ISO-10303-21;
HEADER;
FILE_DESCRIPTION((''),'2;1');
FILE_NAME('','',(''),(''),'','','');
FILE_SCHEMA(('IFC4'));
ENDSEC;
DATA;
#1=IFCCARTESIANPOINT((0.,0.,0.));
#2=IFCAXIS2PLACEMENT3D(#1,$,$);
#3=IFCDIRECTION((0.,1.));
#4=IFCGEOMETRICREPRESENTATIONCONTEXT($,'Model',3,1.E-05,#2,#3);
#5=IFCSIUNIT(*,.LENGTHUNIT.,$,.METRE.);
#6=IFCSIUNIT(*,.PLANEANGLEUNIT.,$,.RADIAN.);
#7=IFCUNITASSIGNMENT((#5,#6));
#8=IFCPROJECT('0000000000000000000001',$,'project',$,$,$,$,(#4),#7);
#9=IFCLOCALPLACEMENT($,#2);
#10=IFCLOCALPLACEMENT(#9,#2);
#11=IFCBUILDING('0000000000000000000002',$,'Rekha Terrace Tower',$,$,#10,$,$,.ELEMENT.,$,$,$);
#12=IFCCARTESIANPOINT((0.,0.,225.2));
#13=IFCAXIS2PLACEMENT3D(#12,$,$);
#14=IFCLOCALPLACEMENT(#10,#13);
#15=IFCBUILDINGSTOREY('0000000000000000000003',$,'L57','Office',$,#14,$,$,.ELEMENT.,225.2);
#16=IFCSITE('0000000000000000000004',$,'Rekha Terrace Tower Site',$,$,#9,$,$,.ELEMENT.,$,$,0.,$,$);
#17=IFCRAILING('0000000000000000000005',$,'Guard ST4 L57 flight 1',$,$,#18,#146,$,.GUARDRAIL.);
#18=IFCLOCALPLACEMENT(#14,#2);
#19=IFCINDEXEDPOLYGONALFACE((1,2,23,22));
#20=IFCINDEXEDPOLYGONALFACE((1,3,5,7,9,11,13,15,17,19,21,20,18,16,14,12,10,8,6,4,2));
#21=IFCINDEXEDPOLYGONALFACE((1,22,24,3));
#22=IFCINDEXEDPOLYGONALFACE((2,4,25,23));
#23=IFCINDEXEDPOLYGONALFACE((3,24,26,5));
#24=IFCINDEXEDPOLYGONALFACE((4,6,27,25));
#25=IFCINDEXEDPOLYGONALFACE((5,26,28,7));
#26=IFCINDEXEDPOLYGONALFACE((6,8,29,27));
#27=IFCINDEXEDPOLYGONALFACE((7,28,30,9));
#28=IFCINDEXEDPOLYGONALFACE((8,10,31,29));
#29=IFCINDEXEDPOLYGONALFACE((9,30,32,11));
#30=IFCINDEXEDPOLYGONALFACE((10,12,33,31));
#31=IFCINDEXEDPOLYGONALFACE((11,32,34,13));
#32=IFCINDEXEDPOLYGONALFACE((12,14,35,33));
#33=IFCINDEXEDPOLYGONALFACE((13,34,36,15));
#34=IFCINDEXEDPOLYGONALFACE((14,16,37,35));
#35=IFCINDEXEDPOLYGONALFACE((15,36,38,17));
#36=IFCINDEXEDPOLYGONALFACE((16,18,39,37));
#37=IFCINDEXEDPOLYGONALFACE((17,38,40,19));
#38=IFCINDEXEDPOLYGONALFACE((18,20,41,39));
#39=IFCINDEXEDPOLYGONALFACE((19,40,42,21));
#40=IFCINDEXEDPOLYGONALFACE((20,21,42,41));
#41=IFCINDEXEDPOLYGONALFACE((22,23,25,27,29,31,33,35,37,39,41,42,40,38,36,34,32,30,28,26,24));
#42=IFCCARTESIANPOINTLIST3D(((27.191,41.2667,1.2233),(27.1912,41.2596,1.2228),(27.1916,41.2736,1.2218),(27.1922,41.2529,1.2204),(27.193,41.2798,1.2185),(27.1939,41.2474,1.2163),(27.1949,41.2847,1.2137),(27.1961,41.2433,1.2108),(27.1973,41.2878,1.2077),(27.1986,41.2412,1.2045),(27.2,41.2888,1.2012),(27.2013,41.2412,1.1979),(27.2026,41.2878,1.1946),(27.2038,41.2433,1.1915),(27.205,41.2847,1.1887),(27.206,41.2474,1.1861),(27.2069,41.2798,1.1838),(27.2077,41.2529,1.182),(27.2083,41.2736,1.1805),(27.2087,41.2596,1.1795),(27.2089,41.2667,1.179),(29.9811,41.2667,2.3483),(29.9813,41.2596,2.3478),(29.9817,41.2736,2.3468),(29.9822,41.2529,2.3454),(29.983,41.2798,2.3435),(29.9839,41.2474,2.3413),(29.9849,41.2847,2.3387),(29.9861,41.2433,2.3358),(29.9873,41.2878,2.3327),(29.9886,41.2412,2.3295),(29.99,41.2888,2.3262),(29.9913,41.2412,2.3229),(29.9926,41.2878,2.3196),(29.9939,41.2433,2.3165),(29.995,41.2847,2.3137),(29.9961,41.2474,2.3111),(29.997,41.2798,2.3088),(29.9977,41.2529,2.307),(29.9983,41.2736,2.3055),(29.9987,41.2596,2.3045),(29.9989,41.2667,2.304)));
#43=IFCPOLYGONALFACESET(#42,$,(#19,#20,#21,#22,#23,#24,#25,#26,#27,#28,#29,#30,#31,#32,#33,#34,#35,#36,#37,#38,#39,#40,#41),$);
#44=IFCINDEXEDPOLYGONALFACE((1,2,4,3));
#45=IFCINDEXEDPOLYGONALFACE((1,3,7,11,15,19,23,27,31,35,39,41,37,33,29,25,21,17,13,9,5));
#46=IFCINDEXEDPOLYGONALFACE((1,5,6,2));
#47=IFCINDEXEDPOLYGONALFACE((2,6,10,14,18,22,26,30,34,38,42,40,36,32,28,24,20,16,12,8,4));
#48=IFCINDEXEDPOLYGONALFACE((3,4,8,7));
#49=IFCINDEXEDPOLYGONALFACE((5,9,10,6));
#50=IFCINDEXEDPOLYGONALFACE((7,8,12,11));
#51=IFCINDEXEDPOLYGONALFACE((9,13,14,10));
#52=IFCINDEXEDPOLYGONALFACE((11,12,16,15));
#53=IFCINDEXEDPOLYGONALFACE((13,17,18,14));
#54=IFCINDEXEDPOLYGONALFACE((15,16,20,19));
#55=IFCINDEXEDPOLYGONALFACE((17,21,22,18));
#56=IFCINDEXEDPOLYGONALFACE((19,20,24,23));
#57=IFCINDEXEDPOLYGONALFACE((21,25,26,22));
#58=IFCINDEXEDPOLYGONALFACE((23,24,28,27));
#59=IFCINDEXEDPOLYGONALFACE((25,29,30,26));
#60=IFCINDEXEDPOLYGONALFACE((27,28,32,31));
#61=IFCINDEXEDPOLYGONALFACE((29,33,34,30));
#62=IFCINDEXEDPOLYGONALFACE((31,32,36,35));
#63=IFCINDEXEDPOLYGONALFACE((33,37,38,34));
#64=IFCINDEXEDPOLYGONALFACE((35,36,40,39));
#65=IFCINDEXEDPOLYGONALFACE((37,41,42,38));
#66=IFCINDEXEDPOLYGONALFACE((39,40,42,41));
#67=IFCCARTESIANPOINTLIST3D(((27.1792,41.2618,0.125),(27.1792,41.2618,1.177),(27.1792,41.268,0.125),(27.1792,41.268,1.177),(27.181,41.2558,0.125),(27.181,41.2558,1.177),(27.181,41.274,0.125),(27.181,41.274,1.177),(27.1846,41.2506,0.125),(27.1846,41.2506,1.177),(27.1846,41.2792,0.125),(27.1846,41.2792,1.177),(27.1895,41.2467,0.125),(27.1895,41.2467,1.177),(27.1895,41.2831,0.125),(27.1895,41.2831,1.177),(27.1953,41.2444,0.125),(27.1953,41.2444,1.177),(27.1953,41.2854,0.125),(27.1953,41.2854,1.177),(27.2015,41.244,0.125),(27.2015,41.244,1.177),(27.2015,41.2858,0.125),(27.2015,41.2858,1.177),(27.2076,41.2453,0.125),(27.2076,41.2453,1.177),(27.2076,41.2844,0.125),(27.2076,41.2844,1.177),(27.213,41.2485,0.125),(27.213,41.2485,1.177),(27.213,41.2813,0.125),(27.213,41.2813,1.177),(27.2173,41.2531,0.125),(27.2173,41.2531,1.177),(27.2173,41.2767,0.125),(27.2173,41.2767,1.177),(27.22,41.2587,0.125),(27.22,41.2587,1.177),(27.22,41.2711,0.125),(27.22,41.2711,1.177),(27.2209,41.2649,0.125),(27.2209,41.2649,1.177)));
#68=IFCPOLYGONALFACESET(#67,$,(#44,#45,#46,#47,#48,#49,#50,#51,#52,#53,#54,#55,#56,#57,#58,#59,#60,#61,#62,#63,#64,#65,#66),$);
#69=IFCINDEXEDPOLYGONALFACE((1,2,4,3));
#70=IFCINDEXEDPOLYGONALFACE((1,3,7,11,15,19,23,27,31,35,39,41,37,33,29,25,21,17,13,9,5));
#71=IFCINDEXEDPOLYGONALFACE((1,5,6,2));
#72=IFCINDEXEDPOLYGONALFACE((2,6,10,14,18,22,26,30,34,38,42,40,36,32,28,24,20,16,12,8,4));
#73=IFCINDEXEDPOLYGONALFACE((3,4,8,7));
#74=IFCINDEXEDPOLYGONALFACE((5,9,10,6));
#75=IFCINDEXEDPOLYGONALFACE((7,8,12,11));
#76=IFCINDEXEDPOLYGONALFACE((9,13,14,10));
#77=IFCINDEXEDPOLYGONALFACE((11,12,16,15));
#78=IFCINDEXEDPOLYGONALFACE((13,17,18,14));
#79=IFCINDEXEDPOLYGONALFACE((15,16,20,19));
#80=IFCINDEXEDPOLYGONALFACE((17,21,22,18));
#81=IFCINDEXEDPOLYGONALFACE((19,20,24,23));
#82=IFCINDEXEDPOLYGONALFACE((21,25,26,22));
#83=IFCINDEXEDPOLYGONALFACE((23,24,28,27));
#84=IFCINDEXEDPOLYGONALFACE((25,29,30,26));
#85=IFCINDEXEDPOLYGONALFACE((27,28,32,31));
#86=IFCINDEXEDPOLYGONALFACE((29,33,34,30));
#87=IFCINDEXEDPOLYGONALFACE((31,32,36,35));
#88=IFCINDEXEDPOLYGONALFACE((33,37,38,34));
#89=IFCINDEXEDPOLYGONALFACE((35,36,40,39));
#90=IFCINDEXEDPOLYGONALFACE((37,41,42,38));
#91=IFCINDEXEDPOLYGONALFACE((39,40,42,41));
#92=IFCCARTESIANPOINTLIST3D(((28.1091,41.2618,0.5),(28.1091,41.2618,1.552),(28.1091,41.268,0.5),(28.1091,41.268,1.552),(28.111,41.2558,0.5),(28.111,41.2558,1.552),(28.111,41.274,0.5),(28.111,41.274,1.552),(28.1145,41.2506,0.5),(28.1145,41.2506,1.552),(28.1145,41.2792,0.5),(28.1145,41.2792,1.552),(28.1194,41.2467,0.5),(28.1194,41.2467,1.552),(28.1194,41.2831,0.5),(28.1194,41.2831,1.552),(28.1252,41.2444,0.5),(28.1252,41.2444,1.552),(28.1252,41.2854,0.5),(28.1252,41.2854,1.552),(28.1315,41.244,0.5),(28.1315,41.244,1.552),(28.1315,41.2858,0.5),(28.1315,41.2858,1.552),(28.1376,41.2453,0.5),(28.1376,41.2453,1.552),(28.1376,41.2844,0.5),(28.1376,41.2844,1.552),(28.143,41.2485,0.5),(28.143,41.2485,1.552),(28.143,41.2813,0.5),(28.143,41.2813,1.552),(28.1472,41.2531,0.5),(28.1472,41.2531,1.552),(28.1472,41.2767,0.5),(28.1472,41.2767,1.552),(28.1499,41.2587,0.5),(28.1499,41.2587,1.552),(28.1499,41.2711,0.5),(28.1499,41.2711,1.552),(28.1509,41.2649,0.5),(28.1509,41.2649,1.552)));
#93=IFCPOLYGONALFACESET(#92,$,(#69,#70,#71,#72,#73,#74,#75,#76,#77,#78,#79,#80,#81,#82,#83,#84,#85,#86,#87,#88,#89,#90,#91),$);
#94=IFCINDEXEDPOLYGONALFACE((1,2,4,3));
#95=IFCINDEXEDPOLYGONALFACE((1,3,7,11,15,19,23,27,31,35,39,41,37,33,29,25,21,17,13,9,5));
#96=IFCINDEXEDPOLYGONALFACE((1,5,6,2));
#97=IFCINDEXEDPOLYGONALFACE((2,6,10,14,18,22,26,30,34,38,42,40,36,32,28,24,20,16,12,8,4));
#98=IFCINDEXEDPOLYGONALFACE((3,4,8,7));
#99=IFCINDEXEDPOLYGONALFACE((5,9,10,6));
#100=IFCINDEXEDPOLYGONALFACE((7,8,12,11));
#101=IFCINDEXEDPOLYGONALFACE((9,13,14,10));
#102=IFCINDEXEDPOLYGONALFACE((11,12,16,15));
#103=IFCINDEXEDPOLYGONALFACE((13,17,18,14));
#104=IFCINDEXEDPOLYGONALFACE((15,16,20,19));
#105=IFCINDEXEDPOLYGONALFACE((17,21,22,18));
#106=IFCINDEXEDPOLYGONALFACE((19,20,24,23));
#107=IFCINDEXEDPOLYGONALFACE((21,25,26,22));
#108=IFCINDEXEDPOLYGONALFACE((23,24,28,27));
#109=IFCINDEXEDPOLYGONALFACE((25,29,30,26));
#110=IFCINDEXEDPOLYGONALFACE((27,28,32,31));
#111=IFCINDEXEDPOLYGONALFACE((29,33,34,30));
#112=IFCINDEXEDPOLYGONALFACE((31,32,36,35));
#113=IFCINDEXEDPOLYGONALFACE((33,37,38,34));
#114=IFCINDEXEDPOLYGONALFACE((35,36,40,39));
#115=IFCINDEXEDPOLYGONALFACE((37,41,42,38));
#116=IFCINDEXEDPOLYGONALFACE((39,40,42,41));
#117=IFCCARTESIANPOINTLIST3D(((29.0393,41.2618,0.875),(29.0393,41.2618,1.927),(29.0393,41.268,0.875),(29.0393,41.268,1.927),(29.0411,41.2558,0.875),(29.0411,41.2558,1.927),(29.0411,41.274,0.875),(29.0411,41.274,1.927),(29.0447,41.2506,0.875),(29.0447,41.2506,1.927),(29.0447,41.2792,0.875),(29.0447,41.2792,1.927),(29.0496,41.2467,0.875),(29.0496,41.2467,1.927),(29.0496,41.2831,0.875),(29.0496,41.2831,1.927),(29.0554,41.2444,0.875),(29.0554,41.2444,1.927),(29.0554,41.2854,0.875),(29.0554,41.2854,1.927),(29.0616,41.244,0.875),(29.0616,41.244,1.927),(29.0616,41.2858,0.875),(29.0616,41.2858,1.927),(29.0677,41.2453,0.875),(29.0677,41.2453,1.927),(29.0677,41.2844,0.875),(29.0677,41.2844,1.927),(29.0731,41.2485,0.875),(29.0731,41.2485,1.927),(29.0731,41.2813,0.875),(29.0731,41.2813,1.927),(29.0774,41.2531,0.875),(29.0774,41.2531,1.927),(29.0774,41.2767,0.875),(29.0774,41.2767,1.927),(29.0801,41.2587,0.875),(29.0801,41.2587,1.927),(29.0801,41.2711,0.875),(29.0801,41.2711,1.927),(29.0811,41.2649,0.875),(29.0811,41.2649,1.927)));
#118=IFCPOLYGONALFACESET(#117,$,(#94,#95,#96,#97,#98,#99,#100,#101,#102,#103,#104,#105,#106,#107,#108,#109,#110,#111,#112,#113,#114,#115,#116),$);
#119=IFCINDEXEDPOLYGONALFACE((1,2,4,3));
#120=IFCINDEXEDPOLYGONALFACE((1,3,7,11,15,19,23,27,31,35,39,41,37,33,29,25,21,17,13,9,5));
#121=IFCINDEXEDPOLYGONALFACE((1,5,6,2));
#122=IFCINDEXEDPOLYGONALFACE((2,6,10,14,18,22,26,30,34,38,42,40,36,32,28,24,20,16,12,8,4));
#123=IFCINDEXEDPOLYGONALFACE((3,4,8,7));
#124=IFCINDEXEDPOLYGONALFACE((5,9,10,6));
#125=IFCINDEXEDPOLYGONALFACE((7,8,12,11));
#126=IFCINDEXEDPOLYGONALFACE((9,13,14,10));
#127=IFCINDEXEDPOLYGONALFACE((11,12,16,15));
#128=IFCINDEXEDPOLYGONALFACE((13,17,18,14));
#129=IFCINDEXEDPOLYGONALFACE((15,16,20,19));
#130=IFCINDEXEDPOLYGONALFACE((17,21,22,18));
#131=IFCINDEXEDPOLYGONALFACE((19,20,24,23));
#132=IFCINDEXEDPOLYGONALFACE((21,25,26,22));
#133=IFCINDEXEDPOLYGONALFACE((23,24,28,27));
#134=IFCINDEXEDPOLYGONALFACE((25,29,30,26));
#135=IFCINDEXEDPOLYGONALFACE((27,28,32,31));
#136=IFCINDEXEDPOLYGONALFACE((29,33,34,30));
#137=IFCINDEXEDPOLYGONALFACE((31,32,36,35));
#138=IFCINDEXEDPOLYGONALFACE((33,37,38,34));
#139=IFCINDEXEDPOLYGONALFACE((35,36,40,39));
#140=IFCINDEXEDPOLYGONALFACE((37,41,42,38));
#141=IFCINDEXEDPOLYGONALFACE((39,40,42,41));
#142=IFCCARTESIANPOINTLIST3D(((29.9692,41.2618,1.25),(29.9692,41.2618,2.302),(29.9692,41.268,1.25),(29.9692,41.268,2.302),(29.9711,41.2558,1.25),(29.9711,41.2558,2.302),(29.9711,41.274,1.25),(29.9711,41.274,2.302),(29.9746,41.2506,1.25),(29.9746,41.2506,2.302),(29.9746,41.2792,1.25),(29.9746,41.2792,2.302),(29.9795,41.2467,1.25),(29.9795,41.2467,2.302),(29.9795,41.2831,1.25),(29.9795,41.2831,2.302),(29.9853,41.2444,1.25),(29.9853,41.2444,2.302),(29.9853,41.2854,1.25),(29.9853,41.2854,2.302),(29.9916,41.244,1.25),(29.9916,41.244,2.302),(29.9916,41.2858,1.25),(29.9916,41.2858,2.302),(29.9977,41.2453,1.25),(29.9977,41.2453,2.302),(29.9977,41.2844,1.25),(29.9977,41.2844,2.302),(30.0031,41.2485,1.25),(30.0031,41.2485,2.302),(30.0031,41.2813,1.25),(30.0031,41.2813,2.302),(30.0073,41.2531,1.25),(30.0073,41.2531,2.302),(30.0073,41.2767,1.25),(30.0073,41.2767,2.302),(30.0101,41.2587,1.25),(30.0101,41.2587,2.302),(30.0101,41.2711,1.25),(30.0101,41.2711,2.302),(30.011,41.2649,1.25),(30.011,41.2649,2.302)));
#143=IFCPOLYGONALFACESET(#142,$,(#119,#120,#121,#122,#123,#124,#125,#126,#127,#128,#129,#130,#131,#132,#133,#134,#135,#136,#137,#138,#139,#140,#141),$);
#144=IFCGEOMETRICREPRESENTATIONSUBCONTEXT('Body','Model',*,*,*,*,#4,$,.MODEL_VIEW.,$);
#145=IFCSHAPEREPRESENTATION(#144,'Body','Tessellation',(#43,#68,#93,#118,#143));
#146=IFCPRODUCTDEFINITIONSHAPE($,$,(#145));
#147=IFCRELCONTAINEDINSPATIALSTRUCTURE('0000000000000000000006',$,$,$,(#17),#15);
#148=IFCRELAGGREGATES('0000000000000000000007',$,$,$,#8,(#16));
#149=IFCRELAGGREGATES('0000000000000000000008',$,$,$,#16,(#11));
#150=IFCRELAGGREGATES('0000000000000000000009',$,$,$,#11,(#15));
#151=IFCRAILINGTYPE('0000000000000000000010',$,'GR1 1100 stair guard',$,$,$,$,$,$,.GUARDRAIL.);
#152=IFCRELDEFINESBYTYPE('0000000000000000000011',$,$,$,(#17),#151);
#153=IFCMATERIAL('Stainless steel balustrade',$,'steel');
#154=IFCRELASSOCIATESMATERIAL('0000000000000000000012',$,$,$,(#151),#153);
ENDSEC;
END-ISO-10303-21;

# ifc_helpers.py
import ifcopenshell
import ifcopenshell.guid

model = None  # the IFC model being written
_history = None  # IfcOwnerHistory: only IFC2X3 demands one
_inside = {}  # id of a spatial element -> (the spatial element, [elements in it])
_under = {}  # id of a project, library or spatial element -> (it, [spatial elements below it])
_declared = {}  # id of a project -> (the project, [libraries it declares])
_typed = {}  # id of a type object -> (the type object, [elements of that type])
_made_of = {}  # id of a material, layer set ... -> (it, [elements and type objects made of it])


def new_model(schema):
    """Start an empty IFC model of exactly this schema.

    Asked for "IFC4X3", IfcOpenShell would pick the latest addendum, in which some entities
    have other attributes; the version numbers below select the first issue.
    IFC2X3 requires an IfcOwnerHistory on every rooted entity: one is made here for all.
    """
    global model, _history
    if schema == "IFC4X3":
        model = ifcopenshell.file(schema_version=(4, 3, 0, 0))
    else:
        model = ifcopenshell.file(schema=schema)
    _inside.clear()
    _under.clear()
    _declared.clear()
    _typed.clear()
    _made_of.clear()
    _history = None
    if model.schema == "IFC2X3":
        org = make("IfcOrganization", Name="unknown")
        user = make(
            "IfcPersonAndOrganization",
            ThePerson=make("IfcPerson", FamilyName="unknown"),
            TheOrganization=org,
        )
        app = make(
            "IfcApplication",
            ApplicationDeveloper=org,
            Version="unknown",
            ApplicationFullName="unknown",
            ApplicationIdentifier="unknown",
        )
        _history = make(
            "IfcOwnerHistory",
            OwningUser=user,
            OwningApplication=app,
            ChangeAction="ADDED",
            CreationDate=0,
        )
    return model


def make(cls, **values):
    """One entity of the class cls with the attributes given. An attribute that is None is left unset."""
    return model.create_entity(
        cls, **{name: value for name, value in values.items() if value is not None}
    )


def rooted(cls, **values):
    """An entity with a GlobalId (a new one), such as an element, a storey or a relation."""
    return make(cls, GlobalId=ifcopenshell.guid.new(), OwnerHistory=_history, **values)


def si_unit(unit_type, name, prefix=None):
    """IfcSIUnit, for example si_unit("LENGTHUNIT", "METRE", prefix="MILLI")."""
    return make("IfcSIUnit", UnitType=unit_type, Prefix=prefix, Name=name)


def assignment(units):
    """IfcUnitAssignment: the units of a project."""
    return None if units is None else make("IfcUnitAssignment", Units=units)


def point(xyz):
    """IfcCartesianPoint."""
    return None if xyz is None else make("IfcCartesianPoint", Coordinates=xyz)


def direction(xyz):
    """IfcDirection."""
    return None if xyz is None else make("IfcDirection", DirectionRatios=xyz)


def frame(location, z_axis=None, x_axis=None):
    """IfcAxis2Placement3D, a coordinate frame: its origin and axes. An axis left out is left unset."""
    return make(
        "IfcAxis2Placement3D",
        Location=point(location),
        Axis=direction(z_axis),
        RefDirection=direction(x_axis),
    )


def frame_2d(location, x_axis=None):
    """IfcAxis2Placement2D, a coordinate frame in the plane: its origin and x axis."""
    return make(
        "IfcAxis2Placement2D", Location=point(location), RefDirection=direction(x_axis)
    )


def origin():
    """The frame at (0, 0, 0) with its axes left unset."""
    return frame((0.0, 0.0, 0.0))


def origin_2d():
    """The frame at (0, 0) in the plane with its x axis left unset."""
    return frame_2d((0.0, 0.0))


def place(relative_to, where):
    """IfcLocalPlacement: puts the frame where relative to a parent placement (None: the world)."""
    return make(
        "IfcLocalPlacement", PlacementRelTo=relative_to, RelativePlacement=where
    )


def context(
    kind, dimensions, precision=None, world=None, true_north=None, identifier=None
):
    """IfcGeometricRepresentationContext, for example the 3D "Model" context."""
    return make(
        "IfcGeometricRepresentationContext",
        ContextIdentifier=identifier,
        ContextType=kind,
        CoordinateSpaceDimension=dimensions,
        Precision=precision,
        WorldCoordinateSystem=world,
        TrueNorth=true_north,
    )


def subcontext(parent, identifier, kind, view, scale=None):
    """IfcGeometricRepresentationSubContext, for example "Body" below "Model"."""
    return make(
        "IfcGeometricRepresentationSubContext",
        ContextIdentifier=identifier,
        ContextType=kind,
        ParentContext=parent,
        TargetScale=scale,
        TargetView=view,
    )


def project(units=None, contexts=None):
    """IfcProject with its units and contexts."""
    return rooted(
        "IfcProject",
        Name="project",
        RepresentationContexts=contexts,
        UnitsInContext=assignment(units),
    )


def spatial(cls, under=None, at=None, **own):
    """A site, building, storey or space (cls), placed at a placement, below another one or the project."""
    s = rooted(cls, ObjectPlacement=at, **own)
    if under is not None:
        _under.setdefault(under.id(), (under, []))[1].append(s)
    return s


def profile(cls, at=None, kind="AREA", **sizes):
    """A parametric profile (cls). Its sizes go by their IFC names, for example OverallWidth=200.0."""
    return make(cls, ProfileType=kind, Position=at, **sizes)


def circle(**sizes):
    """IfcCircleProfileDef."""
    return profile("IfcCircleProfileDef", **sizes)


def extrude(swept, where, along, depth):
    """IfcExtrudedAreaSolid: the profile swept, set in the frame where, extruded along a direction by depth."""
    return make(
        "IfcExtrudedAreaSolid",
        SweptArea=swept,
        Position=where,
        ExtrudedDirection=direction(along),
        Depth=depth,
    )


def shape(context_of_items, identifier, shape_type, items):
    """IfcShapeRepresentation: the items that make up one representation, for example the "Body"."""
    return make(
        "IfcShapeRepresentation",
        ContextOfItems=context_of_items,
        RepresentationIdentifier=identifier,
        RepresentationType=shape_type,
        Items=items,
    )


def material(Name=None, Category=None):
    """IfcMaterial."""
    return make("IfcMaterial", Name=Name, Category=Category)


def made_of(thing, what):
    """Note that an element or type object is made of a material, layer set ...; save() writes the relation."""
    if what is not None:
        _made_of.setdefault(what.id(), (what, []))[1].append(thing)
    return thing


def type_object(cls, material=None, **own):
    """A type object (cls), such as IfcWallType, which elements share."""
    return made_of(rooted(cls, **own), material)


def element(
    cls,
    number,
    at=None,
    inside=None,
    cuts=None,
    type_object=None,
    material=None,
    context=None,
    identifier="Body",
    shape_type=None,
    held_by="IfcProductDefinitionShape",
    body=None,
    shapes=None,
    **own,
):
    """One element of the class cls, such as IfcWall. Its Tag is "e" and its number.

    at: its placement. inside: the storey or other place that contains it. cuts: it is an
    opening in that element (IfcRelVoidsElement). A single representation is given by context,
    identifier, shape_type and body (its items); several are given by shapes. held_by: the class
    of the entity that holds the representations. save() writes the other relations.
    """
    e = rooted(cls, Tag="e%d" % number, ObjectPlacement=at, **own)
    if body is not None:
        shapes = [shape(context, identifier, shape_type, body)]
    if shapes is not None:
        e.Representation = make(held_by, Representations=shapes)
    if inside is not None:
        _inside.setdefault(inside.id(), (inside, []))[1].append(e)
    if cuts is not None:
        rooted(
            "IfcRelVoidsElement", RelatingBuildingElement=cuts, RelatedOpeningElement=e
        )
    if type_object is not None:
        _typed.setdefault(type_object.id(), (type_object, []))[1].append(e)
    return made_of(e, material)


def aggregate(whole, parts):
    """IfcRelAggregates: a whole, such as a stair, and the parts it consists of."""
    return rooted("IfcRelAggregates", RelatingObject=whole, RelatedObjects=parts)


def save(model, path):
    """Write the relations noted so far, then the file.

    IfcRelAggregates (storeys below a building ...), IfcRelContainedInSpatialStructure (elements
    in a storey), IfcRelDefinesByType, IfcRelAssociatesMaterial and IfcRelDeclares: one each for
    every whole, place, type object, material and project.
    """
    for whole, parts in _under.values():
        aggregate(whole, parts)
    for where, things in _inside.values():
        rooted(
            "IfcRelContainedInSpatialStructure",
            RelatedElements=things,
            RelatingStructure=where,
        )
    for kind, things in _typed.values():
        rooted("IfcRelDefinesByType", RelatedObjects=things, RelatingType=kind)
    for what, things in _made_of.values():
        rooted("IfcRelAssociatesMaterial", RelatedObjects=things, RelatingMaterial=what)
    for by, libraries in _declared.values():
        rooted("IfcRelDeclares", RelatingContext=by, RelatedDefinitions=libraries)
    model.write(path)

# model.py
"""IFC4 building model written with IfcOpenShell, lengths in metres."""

from ifc_helpers import new_model, si_unit, direction, frame, origin, origin_2d, place, context, subcontext, project, spatial, circle, extrude, material, type_object, element, save


model = new_model("IFC4")

# Units and contexts
model_context = context("Model", 3, precision=1e-05, world=origin(), true_north=direction((0.0, 1.0)))
body_context = subcontext(model_context, "Body", "Model", "MODEL_VIEW")
ifc_project = project(units=[si_unit("LENGTHUNIT", "METRE"), si_unit("PLANEANGLEUNIT", "RADIAN")], contexts=[model_context])

# Site, building, storey
site_placement = place(None, origin())
site = spatial("IfcSite", under=ifc_project, at=site_placement, Name="Rekha Terrace Tower Site", CompositionType="ELEMENT", RefElevation=0.0)
building_placement = place(site_placement, origin())
building = spatial("IfcBuilding", under=site, at=building_placement, Name="Rekha Terrace Tower", CompositionType="ELEMENT")
storey_placement = place(building_placement, frame((0.0, 0.0, 225.2)))
storey = spatial("IfcBuildingStorey", under=building, at=storey_placement, Name="L57", Description="Office", CompositionType="ELEMENT", Elevation=225.2)

# Railing
ifc_material_1 = material(Name="Stainless steel balustrade", Category="steel")
railing_type_1 = type_object("IfcRailingType", Name="GR1 1100 stair guard", PredefinedType="GUARDRAIL", material=ifc_material_1)
railing_1_placement = place(storey_placement, frame((27.2, 41.2649, 0.125)))
element("IfcRailing", 1, at=railing_1_placement, inside=storey, type_object=railing_type_1, Name="Guard ST4 L57 flight 1", PredefinedType="GUARDRAIL", context=body_context, shape_type="SweptSolid", body=[
    extrude(circle(Radius=0.0239, at=origin_2d()), frame((0.0, 0.0, 1.0762), z_axis=(0.927443, 0.0, 0.373964), x_axis=(0.0, 1.0, 0.0)), (0.0, 0.0, 1.0), 3.0083),
    extrude(circle(Radius=0.021, at=origin_2d()), origin(), (0.0, 0.0, 1.0), 1.052),
    extrude(circle(Radius=0.021, at=origin_2d()), frame((0.9299, 0.0, 0.375)), (0.0, 0.0, 1.0), 1.052),
    extrude(circle(Radius=0.021, at=origin_2d()), frame((1.8601, 0.0, 0.75)), (0.0, 0.0, 1.0), 1.052),
    extrude(circle(Radius=0.021, at=origin_2d()), frame((2.79, 0.0, 1.125)), (0.0, 0.0, 1.0), 1.052),
])

save(model, "model.ifc")
